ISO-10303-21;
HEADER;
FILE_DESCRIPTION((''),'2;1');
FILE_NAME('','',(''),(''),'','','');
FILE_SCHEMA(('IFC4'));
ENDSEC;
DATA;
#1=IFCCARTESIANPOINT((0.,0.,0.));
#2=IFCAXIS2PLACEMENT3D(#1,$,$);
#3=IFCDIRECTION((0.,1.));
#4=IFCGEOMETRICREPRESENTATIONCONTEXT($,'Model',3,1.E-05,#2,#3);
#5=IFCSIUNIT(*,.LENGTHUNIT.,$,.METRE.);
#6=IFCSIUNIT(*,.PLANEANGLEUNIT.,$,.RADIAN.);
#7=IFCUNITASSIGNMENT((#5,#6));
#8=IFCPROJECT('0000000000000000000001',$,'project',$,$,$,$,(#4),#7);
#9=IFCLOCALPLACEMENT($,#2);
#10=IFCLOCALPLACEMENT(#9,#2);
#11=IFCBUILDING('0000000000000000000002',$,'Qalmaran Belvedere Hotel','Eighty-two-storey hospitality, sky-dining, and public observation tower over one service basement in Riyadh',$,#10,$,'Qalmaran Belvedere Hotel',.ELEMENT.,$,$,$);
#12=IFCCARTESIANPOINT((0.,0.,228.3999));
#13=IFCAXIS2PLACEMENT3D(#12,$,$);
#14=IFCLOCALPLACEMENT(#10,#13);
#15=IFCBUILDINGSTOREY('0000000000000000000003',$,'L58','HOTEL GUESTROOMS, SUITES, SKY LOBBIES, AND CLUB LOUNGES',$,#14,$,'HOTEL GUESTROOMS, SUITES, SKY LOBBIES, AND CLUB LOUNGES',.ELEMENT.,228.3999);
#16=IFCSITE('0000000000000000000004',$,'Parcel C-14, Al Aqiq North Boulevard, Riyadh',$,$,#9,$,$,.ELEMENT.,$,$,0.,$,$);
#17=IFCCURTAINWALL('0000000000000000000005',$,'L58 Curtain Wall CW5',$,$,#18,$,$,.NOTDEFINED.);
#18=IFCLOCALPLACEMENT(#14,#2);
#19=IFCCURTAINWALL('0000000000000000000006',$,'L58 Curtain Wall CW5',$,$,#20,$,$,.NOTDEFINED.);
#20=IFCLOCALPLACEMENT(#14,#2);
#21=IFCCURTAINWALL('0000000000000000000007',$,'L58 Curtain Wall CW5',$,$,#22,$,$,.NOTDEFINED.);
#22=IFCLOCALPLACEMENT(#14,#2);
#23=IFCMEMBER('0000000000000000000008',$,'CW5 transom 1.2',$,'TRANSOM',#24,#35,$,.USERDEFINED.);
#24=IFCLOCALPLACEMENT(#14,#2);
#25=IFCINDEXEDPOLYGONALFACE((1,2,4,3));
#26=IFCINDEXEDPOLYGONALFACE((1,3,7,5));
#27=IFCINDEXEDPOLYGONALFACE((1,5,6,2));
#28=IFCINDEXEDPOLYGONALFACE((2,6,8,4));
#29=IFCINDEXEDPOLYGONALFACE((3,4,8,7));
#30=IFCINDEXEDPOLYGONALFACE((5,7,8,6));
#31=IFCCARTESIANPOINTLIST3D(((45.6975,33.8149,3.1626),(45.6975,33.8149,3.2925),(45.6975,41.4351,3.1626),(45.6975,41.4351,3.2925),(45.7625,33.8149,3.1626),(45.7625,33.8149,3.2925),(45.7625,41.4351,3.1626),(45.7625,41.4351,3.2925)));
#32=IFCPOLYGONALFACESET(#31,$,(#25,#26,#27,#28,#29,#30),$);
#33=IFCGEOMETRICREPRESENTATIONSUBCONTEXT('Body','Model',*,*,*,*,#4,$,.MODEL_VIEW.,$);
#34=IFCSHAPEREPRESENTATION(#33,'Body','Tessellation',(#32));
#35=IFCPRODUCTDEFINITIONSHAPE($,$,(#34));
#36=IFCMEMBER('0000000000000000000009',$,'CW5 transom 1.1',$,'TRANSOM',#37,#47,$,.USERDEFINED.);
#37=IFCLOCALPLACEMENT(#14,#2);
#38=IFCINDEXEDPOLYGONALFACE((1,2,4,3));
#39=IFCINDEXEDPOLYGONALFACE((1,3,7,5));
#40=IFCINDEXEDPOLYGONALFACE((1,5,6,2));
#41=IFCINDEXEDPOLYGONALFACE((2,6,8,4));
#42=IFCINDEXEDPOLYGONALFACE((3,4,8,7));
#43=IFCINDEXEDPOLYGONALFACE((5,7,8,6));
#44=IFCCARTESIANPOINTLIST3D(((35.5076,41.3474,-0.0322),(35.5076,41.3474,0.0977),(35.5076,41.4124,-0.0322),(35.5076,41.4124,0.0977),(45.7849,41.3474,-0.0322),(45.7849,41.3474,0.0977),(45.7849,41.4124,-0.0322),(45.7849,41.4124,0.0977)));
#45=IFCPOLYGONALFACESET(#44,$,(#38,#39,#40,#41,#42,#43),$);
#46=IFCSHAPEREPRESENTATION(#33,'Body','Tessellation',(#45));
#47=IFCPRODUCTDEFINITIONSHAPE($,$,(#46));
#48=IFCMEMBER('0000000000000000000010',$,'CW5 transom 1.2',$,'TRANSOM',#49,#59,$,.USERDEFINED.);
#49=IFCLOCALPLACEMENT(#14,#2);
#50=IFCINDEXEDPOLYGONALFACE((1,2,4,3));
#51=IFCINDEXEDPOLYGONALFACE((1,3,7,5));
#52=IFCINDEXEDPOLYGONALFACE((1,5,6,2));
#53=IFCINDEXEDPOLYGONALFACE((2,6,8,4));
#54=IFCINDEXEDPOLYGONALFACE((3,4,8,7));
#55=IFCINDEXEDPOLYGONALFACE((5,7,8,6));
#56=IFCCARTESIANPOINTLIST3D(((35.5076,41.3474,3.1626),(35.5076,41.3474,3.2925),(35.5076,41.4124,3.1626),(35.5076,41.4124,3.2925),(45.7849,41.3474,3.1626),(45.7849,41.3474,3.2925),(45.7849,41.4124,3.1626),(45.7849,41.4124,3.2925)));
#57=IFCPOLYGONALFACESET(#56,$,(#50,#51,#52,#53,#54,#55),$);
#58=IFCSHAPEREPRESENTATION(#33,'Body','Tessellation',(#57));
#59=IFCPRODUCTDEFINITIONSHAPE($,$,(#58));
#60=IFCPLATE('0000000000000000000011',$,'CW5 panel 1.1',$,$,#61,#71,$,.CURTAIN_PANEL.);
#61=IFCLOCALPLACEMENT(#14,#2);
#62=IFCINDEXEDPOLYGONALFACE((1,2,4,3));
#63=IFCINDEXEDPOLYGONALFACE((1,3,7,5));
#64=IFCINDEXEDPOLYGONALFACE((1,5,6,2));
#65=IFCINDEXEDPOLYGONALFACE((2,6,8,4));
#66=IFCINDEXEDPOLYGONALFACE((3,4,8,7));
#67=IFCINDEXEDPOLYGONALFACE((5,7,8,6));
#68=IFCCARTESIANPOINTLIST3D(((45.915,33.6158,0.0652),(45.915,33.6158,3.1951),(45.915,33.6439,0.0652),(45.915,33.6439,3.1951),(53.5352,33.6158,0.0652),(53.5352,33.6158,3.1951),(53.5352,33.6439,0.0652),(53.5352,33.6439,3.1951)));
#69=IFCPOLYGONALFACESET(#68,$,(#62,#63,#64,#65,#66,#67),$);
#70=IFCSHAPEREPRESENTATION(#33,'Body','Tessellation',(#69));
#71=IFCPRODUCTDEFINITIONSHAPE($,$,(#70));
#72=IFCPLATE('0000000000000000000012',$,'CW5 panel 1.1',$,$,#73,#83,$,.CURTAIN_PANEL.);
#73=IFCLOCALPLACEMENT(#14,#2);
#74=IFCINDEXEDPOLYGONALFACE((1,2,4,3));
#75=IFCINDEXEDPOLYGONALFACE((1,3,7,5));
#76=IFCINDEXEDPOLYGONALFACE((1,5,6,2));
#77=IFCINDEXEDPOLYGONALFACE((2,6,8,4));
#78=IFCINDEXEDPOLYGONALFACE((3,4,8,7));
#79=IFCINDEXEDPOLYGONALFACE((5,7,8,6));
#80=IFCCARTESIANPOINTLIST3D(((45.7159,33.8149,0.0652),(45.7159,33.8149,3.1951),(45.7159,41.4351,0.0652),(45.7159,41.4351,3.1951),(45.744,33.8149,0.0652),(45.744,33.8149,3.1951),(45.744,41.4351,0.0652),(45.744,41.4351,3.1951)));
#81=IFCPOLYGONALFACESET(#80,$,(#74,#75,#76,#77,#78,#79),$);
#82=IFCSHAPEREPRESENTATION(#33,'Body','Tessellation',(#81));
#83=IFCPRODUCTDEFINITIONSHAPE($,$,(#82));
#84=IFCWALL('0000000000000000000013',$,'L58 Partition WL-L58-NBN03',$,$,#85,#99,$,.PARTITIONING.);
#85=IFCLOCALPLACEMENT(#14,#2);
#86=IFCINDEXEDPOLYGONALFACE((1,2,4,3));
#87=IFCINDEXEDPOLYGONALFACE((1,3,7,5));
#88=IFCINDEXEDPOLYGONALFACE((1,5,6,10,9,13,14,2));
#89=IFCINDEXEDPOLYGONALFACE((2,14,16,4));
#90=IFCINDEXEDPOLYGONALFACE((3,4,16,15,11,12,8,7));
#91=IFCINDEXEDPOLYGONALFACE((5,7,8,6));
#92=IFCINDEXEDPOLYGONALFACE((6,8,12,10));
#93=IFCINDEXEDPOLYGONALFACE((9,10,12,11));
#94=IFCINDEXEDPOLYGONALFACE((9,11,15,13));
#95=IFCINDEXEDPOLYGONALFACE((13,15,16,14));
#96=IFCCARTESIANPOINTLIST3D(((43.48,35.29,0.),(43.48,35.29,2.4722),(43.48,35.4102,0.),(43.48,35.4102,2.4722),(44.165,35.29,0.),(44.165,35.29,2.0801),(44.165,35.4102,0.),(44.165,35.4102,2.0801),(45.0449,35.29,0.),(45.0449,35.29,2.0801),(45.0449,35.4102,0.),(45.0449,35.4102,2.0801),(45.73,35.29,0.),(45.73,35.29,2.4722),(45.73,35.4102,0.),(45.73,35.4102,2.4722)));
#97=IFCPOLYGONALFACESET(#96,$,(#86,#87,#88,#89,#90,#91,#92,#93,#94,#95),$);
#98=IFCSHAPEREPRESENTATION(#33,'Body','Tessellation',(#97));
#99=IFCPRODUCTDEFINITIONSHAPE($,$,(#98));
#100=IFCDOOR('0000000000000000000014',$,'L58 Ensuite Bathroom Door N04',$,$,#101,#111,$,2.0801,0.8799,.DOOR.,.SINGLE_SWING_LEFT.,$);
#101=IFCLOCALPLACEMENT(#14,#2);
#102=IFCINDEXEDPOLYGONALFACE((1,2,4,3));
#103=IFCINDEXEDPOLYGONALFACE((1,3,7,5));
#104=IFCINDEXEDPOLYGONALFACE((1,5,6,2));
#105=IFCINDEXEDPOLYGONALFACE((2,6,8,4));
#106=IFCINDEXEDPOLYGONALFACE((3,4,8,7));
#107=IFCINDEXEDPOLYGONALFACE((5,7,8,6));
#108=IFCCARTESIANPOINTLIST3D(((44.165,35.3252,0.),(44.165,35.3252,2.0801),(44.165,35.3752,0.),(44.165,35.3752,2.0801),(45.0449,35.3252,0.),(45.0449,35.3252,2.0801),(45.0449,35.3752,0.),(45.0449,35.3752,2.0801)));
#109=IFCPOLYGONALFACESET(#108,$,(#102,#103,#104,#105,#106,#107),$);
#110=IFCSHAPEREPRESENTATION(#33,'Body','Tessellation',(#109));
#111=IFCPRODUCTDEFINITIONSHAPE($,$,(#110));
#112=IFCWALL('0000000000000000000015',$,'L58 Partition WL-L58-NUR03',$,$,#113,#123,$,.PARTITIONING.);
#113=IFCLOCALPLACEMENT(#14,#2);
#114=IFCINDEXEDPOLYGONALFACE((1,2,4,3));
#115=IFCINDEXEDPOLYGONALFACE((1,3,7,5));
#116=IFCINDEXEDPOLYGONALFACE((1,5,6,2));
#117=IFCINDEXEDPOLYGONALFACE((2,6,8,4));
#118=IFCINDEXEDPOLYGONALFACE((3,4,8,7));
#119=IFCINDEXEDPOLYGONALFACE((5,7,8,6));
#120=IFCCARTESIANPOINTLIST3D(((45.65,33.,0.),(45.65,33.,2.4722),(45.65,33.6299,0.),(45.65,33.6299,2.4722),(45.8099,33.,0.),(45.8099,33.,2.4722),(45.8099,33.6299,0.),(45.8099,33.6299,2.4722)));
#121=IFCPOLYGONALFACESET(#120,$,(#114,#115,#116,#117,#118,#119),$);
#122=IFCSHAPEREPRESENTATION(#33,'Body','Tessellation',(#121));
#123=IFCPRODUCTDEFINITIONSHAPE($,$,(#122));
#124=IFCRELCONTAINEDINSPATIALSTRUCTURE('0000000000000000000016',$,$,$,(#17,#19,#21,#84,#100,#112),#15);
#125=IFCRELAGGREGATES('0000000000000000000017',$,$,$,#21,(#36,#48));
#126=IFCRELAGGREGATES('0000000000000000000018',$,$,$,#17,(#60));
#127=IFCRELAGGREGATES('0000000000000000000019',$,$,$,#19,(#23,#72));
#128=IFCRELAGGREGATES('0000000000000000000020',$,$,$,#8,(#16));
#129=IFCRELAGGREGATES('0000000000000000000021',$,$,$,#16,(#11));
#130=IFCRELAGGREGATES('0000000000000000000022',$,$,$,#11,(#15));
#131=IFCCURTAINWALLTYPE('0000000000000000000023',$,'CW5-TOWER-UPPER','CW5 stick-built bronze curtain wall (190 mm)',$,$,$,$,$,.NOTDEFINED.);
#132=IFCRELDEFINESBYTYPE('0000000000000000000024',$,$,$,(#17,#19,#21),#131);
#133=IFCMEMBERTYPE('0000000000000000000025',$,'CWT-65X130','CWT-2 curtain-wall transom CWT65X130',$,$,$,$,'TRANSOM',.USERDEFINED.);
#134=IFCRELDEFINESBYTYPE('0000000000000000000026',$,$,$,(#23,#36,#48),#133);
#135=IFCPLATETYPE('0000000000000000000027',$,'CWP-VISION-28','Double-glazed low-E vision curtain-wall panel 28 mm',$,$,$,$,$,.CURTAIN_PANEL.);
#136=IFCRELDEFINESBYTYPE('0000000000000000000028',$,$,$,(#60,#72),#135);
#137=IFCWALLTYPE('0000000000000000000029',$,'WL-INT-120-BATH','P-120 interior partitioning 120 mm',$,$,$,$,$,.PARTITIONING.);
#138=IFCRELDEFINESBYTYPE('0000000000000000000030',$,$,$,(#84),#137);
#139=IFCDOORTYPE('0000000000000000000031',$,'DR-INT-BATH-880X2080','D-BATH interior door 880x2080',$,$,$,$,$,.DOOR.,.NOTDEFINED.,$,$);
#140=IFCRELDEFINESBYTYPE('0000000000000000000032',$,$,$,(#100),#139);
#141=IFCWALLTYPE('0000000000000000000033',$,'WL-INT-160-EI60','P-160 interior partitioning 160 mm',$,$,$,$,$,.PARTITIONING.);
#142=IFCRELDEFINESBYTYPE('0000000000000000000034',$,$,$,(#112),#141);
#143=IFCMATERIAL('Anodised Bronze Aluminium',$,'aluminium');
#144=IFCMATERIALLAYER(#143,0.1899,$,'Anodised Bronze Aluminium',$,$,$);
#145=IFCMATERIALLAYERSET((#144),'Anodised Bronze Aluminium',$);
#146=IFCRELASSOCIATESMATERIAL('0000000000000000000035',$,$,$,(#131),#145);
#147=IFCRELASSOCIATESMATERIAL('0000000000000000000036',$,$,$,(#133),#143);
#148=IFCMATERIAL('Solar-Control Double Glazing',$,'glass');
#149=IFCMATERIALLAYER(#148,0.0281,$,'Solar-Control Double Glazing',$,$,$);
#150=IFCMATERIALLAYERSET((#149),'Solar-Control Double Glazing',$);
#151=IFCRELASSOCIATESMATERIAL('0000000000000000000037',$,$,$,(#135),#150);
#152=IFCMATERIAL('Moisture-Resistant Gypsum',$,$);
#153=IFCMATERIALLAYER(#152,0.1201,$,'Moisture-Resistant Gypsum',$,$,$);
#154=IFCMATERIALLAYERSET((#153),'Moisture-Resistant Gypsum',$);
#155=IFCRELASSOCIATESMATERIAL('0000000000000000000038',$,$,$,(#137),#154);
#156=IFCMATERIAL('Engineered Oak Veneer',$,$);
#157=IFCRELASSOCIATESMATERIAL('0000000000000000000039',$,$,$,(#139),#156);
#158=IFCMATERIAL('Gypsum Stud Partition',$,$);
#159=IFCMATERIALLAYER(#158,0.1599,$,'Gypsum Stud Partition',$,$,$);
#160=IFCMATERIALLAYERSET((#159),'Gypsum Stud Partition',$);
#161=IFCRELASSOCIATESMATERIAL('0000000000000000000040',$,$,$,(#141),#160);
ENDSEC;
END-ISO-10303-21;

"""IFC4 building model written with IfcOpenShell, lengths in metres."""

from ifc_helpers import new_model, si_unit, direction, frame, frame_2d, origin, origin_2d, place, context, subcontext, project, spatial, rectangle, extrude, material, layer, layer_set, material_profile, profile_set, type_object, element, fill, aggregate, save


model = new_model("IFC4")

# Units and contexts
model_context = context("Model", 3, precision=1e-05, world=origin(), true_north=direction((0.0, 1.0)))
body_context = subcontext(model_context, "Body", "Model", "MODEL_VIEW")
ifc_project = project(units=[si_unit("LENGTHUNIT", "METRE"), si_unit("PLANEANGLEUNIT", "RADIAN")], contexts=[model_context])

# Site, building, storey
site_placement = place(None, origin())
site = spatial("IfcSite", under=ifc_project, at=site_placement, Name="Parcel C-14, Al Aqiq North Boulevard, Riyadh", CompositionType="ELEMENT", RefElevation=0.0)
building_placement = place(site_placement, origin())
building = spatial("IfcBuilding", under=site, at=building_placement, Name="Qalmaran Belvedere Hotel", Description="Eighty-two-storey hospitality, sky-dining, and public observation tower over one service basement in Riyadh", LongName="Qalmaran Belvedere Hotel", CompositionType="ELEMENT")
storey_placement = place(building_placement, frame((0.0, 0.0, 228.3999)))
storey = spatial("IfcBuildingStorey", under=building, at=storey_placement, Name="L58", Description="HOTEL GUESTROOMS, SUITES, SKY LOBBIES, AND CLUB LOUNGES", LongName="HOTEL GUESTROOMS, SUITES, SKY LOBBIES, AND CLUB LOUNGES", CompositionType="ELEMENT", Elevation=228.3999)

# Shared definitions
ifc_material_1 = material(Name="Anodised Bronze Aluminium", Category="aluminium")
ifc_layer_1 = layer(ifc_material_1, 0.1899, Name="Anodised Bronze Aluminium")
ifc_layer_set_1 = layer_set([ifc_layer_1], Name="Anodised Bronze Aluminium")
curtain_wall_type = type_object("IfcCurtainWallType", Name="CW5-TOWER-UPPER", Description="CW5 stick-built bronze curtain wall (190 mm)", PredefinedType="NOTDEFINED", material=ifc_layer_set_1)

# Curtain walls
curtain_wall_1_placement = place(storey_placement, origin())
curtain_wall_1 = element("IfcCurtainWall", 1, at=curtain_wall_1_placement, inside=storey, type_object=curtain_wall_type, Name="L58 Curtain Wall CW5", PredefinedType="NOTDEFINED")
curtain_wall_2_placement = place(storey_placement, origin())
curtain_wall_2 = element("IfcCurtainWall", 2, at=curtain_wall_2_placement, inside=storey, type_object=curtain_wall_type, Name="L58 Curtain Wall CW5", PredefinedType="NOTDEFINED")

# Curtain wall
curtain_wall_3_placement = place(storey_placement, origin())
curtain_wall_3 = element("IfcCurtainWall", 3, at=curtain_wall_3_placement, inside=storey, type_object=curtain_wall_type, Name="L58 Curtain Wall CW5", PredefinedType="NOTDEFINED")

# Members
ifc_material_profile_1 = material_profile(ifc_material_1, rectangle(XDim=0.0649, YDim=0.1299, at=origin_2d()), Name="CWT65X130")
ifc_profile_set_1 = profile_set([ifc_material_profile_1], Name="Anodised Bronze Aluminium")
member_type_1 = type_object("IfcMemberType", Name="CWT-65X130", Description="CWT-2 curtain-wall transom CWT65X130", ElementType="TRANSOM", PredefinedType="USERDEFINED", material=ifc_profile_set_1)
member_1_placement = place(storey_placement, frame((45.73, 33.8149, 3.2275), z_axis=(0.0, 1.0, 0.0), x_axis=(-1.0, 0.0, 0.0)))
member_1 = element("IfcMember", 4, at=member_1_placement, type_object=member_type_1, Name="CW5 transom 1.2", ObjectType="TRANSOM", PredefinedType="USERDEFINED", context=body_context, shape_type="SweptSolid", body=[
    extrude(rectangle(XDim=0.0649, YDim=0.1299, at=origin_2d()), origin(), (0.0, 0.0, 1.0), 7.6201),
])
member_2_placement = place(storey_placement, frame((45.7849, 41.3799, 0.0327), z_axis=(-1.0, 0.0, 0.0), x_axis=(0.0, -1.0, 0.0)))
member_2 = element("IfcMember", 5, at=member_2_placement, type_object=member_type_1, Name="CW5 transom 1.1", ObjectType="TRANSOM", PredefinedType="USERDEFINED", context=body_context, shape_type="SweptSolid", body=[
    extrude(rectangle(XDim=0.0649, YDim=0.1299, at=origin_2d()), origin(), (0.0, 0.0, 1.0), 10.2773),
])
member_3_placement = place(storey_placement, frame((45.7849, 41.3799, 3.2275), z_axis=(-1.0, 0.0, 0.0), x_axis=(0.0, -1.0, 0.0)))
member_3 = element("IfcMember", 6, at=member_3_placement, type_object=member_type_1, Name="CW5 transom 1.2", ObjectType="TRANSOM", PredefinedType="USERDEFINED", context=body_context, shape_type="SweptSolid", body=[
    extrude(rectangle(XDim=0.0649, YDim=0.1299, at=origin_2d()), origin(), (0.0, 0.0, 1.0), 10.2773),
])
aggregate(curtain_wall_3, [member_2, member_3])

# Plates
ifc_material_2 = material(Name="Solar-Control Double Glazing", Category="glass")
ifc_layer_2 = layer(ifc_material_2, 0.0281, Name="Solar-Control Double Glazing")
ifc_layer_set_2 = layer_set([ifc_layer_2], Name="Solar-Control Double Glazing")
plate_type = type_object("IfcPlateType", Name="CWP-VISION-28", Description="Double-glazed low-E vision curtain-wall panel 28 mm", PredefinedType="CURTAIN_PANEL", material=ifc_layer_set_2)
plate_1_placement = place(storey_placement, frame((49.7251, 33.6299, 0.0652), z_axis=(0.0, 0.0, 1.0), x_axis=(-1.0, 0.0, 0.0)))
plate_1 = element("IfcPlate", 7, at=plate_1_placement, type_object=plate_type, Name="CW5 panel 1.1", PredefinedType="CURTAIN_PANEL", context=body_context, shape_type="SweptSolid", body=[
    extrude(rectangle(XDim=7.6201, YDim=0.0281, at=origin_2d()), origin(), (0.0, 0.0, 1.0), 3.1299),
])
aggregate(curtain_wall_1, [plate_1])
plate_2_placement = place(storey_placement, frame((45.73, 37.625, 0.0652), z_axis=(0.0, 0.0, 1.0), x_axis=(0.0, 1.0, 0.0)))
plate_2 = element("IfcPlate", 8, at=plate_2_placement, type_object=plate_type, Name="CW5 panel 1.1", PredefinedType="CURTAIN_PANEL", context=body_context, shape_type="SweptSolid", body=[
    extrude(rectangle(XDim=7.6201, YDim=0.0281, at=origin_2d()), origin(), (0.0, 0.0, 1.0), 3.1299),
])
aggregate(curtain_wall_2, [member_1, plate_2])

# Wall, opening, door
ifc_material_3 = material(Name="Moisture-Resistant Gypsum")
ifc_layer_3 = layer(ifc_material_3, 0.1201, Name="Moisture-Resistant Gypsum")
ifc_layer_set_3 = layer_set([ifc_layer_3], Name="Moisture-Resistant Gypsum")
wall_type_1 = type_object("IfcWallType", Name="WL-INT-120-BATH", Description="P-120 interior partitioning 120 mm", PredefinedType="PARTITIONING", material=ifc_layer_set_3)
wall_1_placement = place(storey_placement, frame((43.48, 35.3501, 0.0), z_axis=(0.0, 0.0, 1.0), x_axis=(1.0, 0.0, 0.0)))
wall_1 = element("IfcWall", 9, at=wall_1_placement, inside=storey, type_object=wall_type_1, Name="L58 Partition WL-L58-NBN03", PredefinedType="PARTITIONING", context=body_context, shape_type="SweptSolid", body=[
    extrude(rectangle(XDim=2.25, YDim=0.1201, at=frame_2d((1.125, 0.0))), origin(), (0.0, 0.0, 1.0), 2.4722),
])
opening_placement = place(wall_1_placement, frame((1.5649, 0.0, 0.0), z_axis=(0.0, 0.0, 1.0), x_axis=(-1.0, 0.0, 0.0)))
opening = element("IfcOpeningElement", 10, at=opening_placement, cuts=wall_1, PredefinedType="OPENING", context=body_context, shape_type="SweptSolid", body=[
    extrude(rectangle(XDim=0.8799, YDim=2.0801, at=frame_2d((0.4399, 1.04))), frame((0.0, 0.0701, 0.0), z_axis=(0.0, -1.0, 0.0), x_axis=(1.0, 0.0, 0.0)), (0.0, 0.0, 1.0), 0.1401),
])
ifc_material_4 = material(Name="Engineered Oak Veneer")
door_type = type_object("IfcDoorType", Name="DR-INT-BATH-880X2080", Description="D-BATH interior door 880x2080", OperationType="NOTDEFINED", PredefinedType="DOOR", material=ifc_material_4)
door_placement = place(opening_placement, origin())
door = element("IfcDoor", 11, at=door_placement, inside=storey, type_object=door_type, Name="L58 Ensuite Bathroom Door N04", OperationType="SINGLE_SWING_LEFT", OverallHeight=2.0801, OverallWidth=0.8799, PredefinedType="DOOR", context=body_context, shape_type="SweptSolid", body=[
    extrude(rectangle(XDim=0.8799, YDim=2.0801, at=frame_2d((0.4399, 1.04))), frame((0.0, 0.0249, 0.0), z_axis=(0.0, -1.0, 0.0), x_axis=(1.0, 0.0, 0.0)), (0.0, 0.0, 1.0), 0.05),
])
fill(opening, door)

# Wall
ifc_material_5 = material(Name="Gypsum Stud Partition")
ifc_layer_4 = layer(ifc_material_5, 0.1599, Name="Gypsum Stud Partition")
ifc_layer_set_4 = layer_set([ifc_layer_4], Name="Gypsum Stud Partition")
wall_type_2 = type_object("IfcWallType", Name="WL-INT-160-EI60", Description="P-160 interior partitioning 160 mm", PredefinedType="PARTITIONING", material=ifc_layer_set_4)
wall_2_placement = place(storey_placement, frame((45.73, 33.0, 0.0), z_axis=(0.0, 0.0, 1.0), x_axis=(0.0, 1.0, 0.0)))
element("IfcWall", 12, at=wall_2_placement, inside=storey, type_object=wall_type_2, Name="L58 Partition WL-L58-NUR03", PredefinedType="PARTITIONING", context=body_context, shape_type="SweptSolid", body=[
    extrude(rectangle(XDim=0.6299, YDim=0.1599, at=frame_2d((0.3149, 0.0))), origin(), (0.0, 0.0, 1.0), 2.4722),
])

save(model, "model.ifc")
